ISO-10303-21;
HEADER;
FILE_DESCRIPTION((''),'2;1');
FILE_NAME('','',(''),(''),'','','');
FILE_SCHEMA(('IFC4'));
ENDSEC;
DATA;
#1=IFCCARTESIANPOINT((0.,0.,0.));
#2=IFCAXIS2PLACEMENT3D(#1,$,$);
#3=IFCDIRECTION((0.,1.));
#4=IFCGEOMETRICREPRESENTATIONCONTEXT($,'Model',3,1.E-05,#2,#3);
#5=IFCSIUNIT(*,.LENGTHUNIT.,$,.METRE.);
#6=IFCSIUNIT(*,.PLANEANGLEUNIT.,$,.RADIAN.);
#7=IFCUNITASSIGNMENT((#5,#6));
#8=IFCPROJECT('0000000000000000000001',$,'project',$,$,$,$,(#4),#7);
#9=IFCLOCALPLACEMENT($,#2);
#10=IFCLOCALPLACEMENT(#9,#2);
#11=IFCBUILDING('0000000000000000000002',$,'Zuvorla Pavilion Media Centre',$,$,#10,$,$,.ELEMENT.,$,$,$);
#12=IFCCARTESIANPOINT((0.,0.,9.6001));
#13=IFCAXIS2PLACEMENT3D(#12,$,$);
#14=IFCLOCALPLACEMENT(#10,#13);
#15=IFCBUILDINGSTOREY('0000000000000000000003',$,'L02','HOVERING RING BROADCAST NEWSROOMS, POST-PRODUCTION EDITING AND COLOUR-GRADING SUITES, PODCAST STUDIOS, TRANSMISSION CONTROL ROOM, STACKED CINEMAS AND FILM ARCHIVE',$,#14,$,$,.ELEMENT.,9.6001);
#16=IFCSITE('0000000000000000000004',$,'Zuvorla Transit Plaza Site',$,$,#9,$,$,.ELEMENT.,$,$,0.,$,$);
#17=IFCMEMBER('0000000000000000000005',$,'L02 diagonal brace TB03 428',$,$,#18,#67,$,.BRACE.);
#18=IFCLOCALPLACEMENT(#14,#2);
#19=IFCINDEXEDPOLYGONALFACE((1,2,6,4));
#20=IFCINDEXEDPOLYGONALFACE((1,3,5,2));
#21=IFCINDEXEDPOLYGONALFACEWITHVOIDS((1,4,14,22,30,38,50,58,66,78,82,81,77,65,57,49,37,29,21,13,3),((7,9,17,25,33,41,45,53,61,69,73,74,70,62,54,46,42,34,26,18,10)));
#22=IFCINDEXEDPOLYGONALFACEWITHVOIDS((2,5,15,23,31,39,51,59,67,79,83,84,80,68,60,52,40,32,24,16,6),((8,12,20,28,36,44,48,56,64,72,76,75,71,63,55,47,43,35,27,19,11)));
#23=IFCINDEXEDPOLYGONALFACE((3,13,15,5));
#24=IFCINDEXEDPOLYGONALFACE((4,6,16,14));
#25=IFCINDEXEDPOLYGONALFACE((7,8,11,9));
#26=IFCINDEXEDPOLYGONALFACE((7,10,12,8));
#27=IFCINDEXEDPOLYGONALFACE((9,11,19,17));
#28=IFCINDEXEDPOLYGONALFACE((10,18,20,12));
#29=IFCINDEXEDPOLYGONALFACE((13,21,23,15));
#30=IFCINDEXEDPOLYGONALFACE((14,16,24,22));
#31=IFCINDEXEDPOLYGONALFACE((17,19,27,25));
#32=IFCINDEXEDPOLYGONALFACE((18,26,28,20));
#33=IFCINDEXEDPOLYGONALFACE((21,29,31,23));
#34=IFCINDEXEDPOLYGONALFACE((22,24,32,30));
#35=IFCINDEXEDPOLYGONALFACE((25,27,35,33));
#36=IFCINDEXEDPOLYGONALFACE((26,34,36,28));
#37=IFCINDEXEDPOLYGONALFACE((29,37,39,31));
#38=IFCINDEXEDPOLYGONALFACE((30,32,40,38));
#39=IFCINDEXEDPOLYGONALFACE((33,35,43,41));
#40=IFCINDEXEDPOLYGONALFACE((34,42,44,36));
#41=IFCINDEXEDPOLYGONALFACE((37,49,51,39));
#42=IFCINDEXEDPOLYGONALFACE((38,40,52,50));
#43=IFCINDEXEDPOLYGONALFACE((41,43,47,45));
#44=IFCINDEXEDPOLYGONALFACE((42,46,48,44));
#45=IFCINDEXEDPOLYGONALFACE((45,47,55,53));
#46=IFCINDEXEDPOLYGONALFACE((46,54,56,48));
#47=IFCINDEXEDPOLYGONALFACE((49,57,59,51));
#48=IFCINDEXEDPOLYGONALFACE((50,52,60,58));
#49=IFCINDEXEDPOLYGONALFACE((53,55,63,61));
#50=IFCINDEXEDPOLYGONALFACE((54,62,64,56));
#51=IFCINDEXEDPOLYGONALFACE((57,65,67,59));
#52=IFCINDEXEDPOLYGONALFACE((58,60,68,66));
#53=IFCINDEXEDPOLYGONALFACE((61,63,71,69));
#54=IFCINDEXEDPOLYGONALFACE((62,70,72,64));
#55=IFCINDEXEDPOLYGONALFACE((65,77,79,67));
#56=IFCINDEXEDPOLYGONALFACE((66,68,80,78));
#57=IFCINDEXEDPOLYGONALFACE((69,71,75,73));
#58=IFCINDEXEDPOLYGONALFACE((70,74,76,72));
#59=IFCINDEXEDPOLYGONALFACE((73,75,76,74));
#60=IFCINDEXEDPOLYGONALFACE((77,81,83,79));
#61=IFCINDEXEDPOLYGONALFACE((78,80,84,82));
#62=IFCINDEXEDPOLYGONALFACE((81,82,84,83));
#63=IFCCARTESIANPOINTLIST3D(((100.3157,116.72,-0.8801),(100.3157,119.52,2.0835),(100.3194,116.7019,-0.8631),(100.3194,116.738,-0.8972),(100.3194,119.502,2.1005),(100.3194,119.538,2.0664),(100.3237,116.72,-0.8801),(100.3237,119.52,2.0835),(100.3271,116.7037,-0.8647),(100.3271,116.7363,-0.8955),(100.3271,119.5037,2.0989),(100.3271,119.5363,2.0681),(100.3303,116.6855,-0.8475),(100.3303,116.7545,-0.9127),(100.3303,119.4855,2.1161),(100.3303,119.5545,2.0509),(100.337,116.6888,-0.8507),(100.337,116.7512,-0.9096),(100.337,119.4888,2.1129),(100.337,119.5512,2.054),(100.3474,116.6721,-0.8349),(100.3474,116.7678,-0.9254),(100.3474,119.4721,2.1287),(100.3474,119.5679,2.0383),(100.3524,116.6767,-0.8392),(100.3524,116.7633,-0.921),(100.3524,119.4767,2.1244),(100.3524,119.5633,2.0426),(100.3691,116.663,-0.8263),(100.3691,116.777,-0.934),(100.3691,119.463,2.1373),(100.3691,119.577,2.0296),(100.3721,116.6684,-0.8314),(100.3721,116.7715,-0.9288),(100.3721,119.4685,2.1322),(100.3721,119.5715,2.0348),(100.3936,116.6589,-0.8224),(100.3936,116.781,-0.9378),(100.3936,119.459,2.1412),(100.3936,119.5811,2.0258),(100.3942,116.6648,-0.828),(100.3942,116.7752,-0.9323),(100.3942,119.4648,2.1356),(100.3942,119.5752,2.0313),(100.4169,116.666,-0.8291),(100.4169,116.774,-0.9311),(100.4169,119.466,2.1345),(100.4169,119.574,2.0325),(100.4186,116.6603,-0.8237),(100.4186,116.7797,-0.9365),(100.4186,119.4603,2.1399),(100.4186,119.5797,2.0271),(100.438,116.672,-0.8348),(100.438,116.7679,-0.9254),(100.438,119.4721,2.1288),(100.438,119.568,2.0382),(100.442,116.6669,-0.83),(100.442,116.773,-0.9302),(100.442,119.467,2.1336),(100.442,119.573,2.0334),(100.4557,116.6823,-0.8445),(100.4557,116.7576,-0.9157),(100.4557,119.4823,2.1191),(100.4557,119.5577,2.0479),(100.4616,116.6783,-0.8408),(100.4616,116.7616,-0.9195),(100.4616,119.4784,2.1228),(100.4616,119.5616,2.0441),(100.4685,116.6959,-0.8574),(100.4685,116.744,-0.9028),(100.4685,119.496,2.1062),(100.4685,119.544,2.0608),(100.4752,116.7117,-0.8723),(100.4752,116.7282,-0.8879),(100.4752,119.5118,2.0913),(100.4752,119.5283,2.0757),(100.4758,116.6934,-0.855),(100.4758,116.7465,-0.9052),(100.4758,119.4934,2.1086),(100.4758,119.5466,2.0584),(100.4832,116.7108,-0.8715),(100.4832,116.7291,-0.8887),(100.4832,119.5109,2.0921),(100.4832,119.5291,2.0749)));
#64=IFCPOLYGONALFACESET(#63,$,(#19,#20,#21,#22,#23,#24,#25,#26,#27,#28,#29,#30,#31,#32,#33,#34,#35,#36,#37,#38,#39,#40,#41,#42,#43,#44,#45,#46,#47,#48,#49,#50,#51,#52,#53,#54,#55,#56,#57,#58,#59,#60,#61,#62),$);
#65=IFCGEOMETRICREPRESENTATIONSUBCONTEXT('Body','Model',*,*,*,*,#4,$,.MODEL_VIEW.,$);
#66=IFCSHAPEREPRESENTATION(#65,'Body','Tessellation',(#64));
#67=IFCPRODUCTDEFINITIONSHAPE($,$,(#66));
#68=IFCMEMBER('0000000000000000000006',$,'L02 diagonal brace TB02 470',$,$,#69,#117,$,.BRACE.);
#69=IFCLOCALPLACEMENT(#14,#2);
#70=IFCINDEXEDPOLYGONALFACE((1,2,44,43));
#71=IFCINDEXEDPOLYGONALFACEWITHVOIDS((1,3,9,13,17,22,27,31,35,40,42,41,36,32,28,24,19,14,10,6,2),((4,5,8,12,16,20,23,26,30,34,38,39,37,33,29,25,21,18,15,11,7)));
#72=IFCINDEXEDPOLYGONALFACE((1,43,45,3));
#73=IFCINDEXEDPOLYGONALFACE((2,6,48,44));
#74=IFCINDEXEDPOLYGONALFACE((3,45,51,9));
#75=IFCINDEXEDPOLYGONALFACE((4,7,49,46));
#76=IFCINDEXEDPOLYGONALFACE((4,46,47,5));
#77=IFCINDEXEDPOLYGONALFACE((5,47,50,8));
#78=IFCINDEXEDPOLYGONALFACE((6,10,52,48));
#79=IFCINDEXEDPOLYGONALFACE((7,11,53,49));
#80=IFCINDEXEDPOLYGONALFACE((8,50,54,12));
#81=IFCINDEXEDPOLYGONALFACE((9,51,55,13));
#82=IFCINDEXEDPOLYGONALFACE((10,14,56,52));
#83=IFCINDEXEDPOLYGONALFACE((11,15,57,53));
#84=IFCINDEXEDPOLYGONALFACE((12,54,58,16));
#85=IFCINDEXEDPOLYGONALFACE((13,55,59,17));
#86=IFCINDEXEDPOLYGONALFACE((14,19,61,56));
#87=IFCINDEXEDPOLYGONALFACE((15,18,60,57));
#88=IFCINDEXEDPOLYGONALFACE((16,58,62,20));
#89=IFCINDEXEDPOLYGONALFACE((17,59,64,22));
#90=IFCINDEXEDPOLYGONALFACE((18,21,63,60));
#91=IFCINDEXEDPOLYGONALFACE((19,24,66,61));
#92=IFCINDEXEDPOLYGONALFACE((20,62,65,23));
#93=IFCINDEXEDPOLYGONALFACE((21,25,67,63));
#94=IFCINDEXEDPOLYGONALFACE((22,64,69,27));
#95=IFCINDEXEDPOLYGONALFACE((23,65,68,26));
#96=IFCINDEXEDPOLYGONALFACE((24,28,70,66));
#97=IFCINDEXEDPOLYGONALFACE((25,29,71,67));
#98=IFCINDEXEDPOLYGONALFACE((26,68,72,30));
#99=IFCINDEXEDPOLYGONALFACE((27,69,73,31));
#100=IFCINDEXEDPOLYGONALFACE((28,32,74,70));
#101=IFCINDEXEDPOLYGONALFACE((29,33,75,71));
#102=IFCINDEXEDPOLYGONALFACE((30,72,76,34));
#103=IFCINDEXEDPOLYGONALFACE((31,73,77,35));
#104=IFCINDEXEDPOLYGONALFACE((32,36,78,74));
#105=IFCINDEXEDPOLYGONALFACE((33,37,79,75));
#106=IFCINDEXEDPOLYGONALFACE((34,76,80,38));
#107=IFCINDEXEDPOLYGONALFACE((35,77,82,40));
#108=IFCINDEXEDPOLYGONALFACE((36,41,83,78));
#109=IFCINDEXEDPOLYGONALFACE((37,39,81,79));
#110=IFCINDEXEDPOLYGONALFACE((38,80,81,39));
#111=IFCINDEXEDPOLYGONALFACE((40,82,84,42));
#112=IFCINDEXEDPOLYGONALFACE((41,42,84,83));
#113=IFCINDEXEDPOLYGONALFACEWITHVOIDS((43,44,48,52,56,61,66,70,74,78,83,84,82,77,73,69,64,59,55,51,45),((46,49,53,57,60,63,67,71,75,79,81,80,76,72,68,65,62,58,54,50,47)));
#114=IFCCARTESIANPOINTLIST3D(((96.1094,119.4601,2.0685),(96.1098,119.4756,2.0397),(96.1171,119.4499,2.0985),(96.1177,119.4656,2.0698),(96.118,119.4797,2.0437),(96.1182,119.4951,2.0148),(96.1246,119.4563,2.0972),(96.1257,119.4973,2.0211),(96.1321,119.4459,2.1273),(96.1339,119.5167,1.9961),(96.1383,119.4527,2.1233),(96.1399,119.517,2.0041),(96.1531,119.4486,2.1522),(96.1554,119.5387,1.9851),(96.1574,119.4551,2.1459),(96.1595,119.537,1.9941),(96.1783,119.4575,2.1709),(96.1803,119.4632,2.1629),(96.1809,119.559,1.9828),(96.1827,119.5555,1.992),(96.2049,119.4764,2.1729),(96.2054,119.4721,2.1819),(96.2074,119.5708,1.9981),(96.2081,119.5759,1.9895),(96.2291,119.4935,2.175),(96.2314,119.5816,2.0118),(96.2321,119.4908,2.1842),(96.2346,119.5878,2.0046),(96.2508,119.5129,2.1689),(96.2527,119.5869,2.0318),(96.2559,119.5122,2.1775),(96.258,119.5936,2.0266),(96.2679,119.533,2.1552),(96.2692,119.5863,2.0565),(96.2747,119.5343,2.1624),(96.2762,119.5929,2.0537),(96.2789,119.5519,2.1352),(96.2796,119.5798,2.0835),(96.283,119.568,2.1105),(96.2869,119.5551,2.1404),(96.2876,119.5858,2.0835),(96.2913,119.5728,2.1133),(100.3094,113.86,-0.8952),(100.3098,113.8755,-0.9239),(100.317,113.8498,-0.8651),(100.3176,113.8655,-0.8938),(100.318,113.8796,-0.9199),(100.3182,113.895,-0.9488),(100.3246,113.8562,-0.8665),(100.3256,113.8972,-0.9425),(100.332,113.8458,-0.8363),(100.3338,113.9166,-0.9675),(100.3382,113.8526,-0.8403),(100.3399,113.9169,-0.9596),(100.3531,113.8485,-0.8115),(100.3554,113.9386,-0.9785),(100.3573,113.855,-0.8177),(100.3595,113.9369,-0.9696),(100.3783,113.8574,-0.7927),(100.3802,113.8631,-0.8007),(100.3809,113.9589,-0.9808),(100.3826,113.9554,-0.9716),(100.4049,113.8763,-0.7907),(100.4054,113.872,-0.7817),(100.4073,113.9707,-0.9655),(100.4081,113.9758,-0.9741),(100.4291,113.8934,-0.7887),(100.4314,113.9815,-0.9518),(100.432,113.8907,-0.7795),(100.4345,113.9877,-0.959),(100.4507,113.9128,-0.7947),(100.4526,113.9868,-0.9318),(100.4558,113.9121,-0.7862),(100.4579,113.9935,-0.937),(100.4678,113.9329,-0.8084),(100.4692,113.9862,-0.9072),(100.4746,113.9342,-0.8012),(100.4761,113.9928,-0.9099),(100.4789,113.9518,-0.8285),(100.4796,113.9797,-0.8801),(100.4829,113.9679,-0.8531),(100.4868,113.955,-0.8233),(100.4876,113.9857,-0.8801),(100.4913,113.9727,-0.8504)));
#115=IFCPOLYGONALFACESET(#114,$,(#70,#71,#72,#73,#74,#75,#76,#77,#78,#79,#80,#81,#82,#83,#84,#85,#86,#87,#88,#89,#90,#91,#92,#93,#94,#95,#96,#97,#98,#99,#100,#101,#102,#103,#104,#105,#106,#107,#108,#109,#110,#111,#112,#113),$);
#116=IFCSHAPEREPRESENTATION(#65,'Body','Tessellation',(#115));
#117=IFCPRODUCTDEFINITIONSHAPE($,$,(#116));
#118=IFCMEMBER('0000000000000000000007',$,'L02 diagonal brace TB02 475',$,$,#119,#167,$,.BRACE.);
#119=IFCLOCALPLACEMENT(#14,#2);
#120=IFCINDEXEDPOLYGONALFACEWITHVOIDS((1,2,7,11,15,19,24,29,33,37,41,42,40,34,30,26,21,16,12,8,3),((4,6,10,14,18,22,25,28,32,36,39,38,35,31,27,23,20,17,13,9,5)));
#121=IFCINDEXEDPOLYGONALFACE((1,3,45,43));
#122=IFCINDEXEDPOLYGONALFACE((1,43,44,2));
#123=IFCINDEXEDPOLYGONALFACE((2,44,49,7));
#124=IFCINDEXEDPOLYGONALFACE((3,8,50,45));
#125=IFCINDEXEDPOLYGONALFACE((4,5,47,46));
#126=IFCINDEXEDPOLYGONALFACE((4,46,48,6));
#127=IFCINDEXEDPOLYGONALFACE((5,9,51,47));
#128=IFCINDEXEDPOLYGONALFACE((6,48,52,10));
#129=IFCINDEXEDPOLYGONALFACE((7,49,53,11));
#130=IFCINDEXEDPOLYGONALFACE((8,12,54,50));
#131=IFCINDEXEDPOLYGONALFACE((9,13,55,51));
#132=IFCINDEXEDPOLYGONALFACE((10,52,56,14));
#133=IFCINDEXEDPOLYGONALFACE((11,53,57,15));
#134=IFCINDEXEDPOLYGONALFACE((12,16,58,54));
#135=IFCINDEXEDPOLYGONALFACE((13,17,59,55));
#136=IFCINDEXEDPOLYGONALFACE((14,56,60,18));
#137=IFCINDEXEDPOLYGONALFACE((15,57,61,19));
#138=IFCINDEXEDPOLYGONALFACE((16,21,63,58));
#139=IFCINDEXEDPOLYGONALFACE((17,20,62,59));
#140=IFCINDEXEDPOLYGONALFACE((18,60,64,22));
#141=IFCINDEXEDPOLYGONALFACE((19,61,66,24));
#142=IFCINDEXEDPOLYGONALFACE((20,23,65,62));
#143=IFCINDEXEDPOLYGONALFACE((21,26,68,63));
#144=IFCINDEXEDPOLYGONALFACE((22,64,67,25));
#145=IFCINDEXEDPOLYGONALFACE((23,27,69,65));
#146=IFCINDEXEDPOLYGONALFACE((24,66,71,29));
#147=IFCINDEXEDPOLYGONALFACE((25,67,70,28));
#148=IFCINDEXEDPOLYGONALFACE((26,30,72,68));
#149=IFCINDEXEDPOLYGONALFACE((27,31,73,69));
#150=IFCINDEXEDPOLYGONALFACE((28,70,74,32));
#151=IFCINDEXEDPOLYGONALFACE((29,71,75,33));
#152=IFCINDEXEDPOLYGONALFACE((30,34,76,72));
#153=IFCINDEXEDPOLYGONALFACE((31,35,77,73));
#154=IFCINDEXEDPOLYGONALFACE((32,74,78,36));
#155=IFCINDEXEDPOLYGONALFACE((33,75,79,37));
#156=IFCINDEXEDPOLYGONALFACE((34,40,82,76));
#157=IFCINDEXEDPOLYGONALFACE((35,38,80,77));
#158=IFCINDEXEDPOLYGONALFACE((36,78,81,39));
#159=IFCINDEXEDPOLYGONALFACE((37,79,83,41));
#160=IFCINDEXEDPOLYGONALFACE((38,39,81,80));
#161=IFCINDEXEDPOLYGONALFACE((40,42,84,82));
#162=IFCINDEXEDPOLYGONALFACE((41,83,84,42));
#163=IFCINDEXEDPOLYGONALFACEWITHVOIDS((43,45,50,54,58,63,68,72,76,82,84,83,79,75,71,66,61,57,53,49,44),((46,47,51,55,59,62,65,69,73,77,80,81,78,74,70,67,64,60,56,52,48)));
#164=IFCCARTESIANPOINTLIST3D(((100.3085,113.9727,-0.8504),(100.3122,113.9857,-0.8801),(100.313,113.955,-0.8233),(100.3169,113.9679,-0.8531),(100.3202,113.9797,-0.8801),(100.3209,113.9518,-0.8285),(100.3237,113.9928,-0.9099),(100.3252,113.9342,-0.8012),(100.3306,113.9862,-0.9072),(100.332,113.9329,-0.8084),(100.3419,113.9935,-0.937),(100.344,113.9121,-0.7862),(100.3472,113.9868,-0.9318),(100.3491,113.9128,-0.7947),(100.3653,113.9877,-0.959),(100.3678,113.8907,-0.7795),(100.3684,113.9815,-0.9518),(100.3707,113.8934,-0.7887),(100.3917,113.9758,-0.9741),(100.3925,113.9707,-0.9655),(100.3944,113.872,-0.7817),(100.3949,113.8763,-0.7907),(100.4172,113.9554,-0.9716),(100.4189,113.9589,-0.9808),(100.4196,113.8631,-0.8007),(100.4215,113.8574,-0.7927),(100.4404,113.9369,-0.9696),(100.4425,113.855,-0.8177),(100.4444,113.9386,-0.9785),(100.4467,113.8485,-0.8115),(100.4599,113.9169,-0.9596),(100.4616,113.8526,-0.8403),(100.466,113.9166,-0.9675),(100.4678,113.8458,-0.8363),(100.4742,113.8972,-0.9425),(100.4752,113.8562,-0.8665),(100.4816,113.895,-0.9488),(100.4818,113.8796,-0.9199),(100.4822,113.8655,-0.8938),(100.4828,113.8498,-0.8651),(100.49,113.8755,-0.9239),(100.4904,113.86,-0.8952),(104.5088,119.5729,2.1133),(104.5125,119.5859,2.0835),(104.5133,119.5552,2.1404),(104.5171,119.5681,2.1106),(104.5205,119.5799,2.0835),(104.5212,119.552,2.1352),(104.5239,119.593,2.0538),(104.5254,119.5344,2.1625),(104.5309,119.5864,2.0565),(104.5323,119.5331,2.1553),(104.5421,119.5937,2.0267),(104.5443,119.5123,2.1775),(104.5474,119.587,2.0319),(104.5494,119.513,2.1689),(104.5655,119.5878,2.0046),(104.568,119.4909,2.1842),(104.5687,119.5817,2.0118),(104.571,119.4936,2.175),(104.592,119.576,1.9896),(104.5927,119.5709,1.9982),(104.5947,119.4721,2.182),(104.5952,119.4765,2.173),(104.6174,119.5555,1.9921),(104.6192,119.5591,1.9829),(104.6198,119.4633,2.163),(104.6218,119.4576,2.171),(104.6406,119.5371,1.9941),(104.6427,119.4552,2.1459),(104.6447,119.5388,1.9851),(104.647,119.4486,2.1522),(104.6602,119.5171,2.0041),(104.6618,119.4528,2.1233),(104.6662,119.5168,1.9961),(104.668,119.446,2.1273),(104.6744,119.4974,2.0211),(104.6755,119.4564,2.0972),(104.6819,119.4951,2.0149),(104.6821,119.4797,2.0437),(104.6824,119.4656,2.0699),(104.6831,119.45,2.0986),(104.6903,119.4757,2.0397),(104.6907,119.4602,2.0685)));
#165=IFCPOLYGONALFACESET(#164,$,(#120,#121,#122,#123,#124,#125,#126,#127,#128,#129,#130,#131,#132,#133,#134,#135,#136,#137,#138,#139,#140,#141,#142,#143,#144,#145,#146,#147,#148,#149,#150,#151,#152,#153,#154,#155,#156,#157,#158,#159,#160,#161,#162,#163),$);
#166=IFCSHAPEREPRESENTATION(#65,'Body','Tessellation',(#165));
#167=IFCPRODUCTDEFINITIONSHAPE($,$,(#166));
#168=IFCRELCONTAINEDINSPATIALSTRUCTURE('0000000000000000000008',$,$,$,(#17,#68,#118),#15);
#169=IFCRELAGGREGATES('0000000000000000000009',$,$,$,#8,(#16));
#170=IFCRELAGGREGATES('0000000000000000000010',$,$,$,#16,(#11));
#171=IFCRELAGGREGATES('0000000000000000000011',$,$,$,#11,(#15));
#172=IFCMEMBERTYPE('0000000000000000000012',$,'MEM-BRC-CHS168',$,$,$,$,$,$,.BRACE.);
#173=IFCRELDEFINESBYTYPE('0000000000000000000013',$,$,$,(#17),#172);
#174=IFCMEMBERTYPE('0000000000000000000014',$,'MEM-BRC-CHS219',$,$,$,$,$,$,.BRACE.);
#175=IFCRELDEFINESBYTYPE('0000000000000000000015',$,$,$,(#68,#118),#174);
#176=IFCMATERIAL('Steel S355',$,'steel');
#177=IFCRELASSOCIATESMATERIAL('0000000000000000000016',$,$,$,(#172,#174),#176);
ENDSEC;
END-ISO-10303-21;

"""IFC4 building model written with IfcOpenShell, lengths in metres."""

from ifc_helpers import new_model, si_unit, direction, frame, origin, origin_2d, place, context, subcontext, project, spatial, hollow_circle, extrude, material, material_profile, profile_set, type_object, element, save


model = new_model("IFC4")

# Units and contexts
model_context = context("Model", 3, precision=1e-05, world=origin(), true_north=direction((0.0, 1.0)))
body_context = subcontext(model_context, "Body", "Model", "MODEL_VIEW")
ifc_project = project(units=[si_unit("LENGTHUNIT", "METRE"), si_unit("PLANEANGLEUNIT", "RADIAN")], contexts=[model_context])

# Site, building, storey
site_placement = place(None, origin())
site = spatial("IfcSite", under=ifc_project, at=site_placement, Name="Zuvorla Transit Plaza Site", CompositionType="ELEMENT", RefElevation=0.0)
building_placement = place(site_placement, origin())
building = spatial("IfcBuilding", under=site, at=building_placement, Name="Zuvorla Pavilion Media Centre", CompositionType="ELEMENT")
storey_placement = place(building_placement, frame((0.0, 0.0, 9.6001)))
storey = spatial("IfcBuildingStorey", under=building, at=storey_placement, Name="L02", Description="HOVERING RING BROADCAST NEWSROOMS, POST-PRODUCTION EDITING AND COLOUR-GRADING SUITES, PODCAST STUDIOS, TRANSMISSION CONTROL ROOM, STACKED CINEMAS AND FILM ARCHIVE", CompositionType="ELEMENT", Elevation=9.6001)

# Shared definitions
ifc_material_1 = material(Name="Steel S355", Category="steel")

# Members
ifc_material_profile_1 = material_profile(ifc_material_1, hollow_circle(Radius=0.0842, WallThickness=0.0081, at=origin_2d()), Name="CHS 168.3x8")
ifc_profile_set_1 = profile_set([ifc_material_profile_1], Name="Steel S355")
member_type_1 = type_object("IfcMemberType", Name="MEM-BRC-CHS168", PredefinedType="BRACE", material=ifc_profile_set_1)
member_1_placement = place(storey_placement, frame((100.3999, 116.72, -0.8801), z_axis=(0.0, 0.686762, 0.726882), x_axis=(-1.0, 0.0, 0.0)))
element("IfcMember", 1, at=member_1_placement, inside=storey, type_object=member_type_1, Name="L02 diagonal brace TB03 428", PredefinedType="BRACE", context=body_context, shape_type="SweptSolid", body=[
    extrude(hollow_circle(Radius=0.0842, WallThickness=0.0081, at=origin_2d()), origin(), (0.0, 0.0, 1.0), 4.0771),
])
ifc_material_profile_2 = material_profile(ifc_material_1, hollow_circle(Radius=0.1096, WallThickness=0.01, at=origin_2d()), Name="CHS 219.1x10")
ifc_profile_set_2 = profile_set([ifc_material_profile_2], Name="Steel S355")
member_type_2 = type_object("IfcMemberType", Name="MEM-BRC-CHS219", PredefinedType="BRACE", material=ifc_profile_set_2)
member_2_placement = place(storey_placement, frame((96.2, 119.52, 2.0835), z_axis=(0.552512, -0.736704, -0.38987), x_axis=(0.800008, 0.599989, 0.0)))
element("IfcMember", 2, at=member_2_placement, inside=storey, type_object=member_type_2, Name="L02 diagonal brace TB02 470", PredefinedType="BRACE", context=body_context, shape_type="SweptSolid", body=[
    extrude(hollow_circle(Radius=0.1096, WallThickness=0.01, at=origin_2d()), origin(), (0.0, 0.0, 1.0), 7.6016),
])
member_3_placement = place(storey_placement, frame((100.3999, 113.9199, -0.8801), z_axis=(0.552534, 0.73669, 0.389863), x_axis=(-0.799992, 0.600011, 0.0)))
element("IfcMember", 3, at=member_3_placement, inside=storey, type_object=member_type_2, Name="L02 diagonal brace TB02 475", PredefinedType="BRACE", context=body_context, shape_type="SweptSolid", body=[
    extrude(hollow_circle(Radius=0.1096, WallThickness=0.01, at=origin_2d()), origin(), (0.0, 0.0, 1.0), 7.6018),
])

save(model, "model.ifc")
